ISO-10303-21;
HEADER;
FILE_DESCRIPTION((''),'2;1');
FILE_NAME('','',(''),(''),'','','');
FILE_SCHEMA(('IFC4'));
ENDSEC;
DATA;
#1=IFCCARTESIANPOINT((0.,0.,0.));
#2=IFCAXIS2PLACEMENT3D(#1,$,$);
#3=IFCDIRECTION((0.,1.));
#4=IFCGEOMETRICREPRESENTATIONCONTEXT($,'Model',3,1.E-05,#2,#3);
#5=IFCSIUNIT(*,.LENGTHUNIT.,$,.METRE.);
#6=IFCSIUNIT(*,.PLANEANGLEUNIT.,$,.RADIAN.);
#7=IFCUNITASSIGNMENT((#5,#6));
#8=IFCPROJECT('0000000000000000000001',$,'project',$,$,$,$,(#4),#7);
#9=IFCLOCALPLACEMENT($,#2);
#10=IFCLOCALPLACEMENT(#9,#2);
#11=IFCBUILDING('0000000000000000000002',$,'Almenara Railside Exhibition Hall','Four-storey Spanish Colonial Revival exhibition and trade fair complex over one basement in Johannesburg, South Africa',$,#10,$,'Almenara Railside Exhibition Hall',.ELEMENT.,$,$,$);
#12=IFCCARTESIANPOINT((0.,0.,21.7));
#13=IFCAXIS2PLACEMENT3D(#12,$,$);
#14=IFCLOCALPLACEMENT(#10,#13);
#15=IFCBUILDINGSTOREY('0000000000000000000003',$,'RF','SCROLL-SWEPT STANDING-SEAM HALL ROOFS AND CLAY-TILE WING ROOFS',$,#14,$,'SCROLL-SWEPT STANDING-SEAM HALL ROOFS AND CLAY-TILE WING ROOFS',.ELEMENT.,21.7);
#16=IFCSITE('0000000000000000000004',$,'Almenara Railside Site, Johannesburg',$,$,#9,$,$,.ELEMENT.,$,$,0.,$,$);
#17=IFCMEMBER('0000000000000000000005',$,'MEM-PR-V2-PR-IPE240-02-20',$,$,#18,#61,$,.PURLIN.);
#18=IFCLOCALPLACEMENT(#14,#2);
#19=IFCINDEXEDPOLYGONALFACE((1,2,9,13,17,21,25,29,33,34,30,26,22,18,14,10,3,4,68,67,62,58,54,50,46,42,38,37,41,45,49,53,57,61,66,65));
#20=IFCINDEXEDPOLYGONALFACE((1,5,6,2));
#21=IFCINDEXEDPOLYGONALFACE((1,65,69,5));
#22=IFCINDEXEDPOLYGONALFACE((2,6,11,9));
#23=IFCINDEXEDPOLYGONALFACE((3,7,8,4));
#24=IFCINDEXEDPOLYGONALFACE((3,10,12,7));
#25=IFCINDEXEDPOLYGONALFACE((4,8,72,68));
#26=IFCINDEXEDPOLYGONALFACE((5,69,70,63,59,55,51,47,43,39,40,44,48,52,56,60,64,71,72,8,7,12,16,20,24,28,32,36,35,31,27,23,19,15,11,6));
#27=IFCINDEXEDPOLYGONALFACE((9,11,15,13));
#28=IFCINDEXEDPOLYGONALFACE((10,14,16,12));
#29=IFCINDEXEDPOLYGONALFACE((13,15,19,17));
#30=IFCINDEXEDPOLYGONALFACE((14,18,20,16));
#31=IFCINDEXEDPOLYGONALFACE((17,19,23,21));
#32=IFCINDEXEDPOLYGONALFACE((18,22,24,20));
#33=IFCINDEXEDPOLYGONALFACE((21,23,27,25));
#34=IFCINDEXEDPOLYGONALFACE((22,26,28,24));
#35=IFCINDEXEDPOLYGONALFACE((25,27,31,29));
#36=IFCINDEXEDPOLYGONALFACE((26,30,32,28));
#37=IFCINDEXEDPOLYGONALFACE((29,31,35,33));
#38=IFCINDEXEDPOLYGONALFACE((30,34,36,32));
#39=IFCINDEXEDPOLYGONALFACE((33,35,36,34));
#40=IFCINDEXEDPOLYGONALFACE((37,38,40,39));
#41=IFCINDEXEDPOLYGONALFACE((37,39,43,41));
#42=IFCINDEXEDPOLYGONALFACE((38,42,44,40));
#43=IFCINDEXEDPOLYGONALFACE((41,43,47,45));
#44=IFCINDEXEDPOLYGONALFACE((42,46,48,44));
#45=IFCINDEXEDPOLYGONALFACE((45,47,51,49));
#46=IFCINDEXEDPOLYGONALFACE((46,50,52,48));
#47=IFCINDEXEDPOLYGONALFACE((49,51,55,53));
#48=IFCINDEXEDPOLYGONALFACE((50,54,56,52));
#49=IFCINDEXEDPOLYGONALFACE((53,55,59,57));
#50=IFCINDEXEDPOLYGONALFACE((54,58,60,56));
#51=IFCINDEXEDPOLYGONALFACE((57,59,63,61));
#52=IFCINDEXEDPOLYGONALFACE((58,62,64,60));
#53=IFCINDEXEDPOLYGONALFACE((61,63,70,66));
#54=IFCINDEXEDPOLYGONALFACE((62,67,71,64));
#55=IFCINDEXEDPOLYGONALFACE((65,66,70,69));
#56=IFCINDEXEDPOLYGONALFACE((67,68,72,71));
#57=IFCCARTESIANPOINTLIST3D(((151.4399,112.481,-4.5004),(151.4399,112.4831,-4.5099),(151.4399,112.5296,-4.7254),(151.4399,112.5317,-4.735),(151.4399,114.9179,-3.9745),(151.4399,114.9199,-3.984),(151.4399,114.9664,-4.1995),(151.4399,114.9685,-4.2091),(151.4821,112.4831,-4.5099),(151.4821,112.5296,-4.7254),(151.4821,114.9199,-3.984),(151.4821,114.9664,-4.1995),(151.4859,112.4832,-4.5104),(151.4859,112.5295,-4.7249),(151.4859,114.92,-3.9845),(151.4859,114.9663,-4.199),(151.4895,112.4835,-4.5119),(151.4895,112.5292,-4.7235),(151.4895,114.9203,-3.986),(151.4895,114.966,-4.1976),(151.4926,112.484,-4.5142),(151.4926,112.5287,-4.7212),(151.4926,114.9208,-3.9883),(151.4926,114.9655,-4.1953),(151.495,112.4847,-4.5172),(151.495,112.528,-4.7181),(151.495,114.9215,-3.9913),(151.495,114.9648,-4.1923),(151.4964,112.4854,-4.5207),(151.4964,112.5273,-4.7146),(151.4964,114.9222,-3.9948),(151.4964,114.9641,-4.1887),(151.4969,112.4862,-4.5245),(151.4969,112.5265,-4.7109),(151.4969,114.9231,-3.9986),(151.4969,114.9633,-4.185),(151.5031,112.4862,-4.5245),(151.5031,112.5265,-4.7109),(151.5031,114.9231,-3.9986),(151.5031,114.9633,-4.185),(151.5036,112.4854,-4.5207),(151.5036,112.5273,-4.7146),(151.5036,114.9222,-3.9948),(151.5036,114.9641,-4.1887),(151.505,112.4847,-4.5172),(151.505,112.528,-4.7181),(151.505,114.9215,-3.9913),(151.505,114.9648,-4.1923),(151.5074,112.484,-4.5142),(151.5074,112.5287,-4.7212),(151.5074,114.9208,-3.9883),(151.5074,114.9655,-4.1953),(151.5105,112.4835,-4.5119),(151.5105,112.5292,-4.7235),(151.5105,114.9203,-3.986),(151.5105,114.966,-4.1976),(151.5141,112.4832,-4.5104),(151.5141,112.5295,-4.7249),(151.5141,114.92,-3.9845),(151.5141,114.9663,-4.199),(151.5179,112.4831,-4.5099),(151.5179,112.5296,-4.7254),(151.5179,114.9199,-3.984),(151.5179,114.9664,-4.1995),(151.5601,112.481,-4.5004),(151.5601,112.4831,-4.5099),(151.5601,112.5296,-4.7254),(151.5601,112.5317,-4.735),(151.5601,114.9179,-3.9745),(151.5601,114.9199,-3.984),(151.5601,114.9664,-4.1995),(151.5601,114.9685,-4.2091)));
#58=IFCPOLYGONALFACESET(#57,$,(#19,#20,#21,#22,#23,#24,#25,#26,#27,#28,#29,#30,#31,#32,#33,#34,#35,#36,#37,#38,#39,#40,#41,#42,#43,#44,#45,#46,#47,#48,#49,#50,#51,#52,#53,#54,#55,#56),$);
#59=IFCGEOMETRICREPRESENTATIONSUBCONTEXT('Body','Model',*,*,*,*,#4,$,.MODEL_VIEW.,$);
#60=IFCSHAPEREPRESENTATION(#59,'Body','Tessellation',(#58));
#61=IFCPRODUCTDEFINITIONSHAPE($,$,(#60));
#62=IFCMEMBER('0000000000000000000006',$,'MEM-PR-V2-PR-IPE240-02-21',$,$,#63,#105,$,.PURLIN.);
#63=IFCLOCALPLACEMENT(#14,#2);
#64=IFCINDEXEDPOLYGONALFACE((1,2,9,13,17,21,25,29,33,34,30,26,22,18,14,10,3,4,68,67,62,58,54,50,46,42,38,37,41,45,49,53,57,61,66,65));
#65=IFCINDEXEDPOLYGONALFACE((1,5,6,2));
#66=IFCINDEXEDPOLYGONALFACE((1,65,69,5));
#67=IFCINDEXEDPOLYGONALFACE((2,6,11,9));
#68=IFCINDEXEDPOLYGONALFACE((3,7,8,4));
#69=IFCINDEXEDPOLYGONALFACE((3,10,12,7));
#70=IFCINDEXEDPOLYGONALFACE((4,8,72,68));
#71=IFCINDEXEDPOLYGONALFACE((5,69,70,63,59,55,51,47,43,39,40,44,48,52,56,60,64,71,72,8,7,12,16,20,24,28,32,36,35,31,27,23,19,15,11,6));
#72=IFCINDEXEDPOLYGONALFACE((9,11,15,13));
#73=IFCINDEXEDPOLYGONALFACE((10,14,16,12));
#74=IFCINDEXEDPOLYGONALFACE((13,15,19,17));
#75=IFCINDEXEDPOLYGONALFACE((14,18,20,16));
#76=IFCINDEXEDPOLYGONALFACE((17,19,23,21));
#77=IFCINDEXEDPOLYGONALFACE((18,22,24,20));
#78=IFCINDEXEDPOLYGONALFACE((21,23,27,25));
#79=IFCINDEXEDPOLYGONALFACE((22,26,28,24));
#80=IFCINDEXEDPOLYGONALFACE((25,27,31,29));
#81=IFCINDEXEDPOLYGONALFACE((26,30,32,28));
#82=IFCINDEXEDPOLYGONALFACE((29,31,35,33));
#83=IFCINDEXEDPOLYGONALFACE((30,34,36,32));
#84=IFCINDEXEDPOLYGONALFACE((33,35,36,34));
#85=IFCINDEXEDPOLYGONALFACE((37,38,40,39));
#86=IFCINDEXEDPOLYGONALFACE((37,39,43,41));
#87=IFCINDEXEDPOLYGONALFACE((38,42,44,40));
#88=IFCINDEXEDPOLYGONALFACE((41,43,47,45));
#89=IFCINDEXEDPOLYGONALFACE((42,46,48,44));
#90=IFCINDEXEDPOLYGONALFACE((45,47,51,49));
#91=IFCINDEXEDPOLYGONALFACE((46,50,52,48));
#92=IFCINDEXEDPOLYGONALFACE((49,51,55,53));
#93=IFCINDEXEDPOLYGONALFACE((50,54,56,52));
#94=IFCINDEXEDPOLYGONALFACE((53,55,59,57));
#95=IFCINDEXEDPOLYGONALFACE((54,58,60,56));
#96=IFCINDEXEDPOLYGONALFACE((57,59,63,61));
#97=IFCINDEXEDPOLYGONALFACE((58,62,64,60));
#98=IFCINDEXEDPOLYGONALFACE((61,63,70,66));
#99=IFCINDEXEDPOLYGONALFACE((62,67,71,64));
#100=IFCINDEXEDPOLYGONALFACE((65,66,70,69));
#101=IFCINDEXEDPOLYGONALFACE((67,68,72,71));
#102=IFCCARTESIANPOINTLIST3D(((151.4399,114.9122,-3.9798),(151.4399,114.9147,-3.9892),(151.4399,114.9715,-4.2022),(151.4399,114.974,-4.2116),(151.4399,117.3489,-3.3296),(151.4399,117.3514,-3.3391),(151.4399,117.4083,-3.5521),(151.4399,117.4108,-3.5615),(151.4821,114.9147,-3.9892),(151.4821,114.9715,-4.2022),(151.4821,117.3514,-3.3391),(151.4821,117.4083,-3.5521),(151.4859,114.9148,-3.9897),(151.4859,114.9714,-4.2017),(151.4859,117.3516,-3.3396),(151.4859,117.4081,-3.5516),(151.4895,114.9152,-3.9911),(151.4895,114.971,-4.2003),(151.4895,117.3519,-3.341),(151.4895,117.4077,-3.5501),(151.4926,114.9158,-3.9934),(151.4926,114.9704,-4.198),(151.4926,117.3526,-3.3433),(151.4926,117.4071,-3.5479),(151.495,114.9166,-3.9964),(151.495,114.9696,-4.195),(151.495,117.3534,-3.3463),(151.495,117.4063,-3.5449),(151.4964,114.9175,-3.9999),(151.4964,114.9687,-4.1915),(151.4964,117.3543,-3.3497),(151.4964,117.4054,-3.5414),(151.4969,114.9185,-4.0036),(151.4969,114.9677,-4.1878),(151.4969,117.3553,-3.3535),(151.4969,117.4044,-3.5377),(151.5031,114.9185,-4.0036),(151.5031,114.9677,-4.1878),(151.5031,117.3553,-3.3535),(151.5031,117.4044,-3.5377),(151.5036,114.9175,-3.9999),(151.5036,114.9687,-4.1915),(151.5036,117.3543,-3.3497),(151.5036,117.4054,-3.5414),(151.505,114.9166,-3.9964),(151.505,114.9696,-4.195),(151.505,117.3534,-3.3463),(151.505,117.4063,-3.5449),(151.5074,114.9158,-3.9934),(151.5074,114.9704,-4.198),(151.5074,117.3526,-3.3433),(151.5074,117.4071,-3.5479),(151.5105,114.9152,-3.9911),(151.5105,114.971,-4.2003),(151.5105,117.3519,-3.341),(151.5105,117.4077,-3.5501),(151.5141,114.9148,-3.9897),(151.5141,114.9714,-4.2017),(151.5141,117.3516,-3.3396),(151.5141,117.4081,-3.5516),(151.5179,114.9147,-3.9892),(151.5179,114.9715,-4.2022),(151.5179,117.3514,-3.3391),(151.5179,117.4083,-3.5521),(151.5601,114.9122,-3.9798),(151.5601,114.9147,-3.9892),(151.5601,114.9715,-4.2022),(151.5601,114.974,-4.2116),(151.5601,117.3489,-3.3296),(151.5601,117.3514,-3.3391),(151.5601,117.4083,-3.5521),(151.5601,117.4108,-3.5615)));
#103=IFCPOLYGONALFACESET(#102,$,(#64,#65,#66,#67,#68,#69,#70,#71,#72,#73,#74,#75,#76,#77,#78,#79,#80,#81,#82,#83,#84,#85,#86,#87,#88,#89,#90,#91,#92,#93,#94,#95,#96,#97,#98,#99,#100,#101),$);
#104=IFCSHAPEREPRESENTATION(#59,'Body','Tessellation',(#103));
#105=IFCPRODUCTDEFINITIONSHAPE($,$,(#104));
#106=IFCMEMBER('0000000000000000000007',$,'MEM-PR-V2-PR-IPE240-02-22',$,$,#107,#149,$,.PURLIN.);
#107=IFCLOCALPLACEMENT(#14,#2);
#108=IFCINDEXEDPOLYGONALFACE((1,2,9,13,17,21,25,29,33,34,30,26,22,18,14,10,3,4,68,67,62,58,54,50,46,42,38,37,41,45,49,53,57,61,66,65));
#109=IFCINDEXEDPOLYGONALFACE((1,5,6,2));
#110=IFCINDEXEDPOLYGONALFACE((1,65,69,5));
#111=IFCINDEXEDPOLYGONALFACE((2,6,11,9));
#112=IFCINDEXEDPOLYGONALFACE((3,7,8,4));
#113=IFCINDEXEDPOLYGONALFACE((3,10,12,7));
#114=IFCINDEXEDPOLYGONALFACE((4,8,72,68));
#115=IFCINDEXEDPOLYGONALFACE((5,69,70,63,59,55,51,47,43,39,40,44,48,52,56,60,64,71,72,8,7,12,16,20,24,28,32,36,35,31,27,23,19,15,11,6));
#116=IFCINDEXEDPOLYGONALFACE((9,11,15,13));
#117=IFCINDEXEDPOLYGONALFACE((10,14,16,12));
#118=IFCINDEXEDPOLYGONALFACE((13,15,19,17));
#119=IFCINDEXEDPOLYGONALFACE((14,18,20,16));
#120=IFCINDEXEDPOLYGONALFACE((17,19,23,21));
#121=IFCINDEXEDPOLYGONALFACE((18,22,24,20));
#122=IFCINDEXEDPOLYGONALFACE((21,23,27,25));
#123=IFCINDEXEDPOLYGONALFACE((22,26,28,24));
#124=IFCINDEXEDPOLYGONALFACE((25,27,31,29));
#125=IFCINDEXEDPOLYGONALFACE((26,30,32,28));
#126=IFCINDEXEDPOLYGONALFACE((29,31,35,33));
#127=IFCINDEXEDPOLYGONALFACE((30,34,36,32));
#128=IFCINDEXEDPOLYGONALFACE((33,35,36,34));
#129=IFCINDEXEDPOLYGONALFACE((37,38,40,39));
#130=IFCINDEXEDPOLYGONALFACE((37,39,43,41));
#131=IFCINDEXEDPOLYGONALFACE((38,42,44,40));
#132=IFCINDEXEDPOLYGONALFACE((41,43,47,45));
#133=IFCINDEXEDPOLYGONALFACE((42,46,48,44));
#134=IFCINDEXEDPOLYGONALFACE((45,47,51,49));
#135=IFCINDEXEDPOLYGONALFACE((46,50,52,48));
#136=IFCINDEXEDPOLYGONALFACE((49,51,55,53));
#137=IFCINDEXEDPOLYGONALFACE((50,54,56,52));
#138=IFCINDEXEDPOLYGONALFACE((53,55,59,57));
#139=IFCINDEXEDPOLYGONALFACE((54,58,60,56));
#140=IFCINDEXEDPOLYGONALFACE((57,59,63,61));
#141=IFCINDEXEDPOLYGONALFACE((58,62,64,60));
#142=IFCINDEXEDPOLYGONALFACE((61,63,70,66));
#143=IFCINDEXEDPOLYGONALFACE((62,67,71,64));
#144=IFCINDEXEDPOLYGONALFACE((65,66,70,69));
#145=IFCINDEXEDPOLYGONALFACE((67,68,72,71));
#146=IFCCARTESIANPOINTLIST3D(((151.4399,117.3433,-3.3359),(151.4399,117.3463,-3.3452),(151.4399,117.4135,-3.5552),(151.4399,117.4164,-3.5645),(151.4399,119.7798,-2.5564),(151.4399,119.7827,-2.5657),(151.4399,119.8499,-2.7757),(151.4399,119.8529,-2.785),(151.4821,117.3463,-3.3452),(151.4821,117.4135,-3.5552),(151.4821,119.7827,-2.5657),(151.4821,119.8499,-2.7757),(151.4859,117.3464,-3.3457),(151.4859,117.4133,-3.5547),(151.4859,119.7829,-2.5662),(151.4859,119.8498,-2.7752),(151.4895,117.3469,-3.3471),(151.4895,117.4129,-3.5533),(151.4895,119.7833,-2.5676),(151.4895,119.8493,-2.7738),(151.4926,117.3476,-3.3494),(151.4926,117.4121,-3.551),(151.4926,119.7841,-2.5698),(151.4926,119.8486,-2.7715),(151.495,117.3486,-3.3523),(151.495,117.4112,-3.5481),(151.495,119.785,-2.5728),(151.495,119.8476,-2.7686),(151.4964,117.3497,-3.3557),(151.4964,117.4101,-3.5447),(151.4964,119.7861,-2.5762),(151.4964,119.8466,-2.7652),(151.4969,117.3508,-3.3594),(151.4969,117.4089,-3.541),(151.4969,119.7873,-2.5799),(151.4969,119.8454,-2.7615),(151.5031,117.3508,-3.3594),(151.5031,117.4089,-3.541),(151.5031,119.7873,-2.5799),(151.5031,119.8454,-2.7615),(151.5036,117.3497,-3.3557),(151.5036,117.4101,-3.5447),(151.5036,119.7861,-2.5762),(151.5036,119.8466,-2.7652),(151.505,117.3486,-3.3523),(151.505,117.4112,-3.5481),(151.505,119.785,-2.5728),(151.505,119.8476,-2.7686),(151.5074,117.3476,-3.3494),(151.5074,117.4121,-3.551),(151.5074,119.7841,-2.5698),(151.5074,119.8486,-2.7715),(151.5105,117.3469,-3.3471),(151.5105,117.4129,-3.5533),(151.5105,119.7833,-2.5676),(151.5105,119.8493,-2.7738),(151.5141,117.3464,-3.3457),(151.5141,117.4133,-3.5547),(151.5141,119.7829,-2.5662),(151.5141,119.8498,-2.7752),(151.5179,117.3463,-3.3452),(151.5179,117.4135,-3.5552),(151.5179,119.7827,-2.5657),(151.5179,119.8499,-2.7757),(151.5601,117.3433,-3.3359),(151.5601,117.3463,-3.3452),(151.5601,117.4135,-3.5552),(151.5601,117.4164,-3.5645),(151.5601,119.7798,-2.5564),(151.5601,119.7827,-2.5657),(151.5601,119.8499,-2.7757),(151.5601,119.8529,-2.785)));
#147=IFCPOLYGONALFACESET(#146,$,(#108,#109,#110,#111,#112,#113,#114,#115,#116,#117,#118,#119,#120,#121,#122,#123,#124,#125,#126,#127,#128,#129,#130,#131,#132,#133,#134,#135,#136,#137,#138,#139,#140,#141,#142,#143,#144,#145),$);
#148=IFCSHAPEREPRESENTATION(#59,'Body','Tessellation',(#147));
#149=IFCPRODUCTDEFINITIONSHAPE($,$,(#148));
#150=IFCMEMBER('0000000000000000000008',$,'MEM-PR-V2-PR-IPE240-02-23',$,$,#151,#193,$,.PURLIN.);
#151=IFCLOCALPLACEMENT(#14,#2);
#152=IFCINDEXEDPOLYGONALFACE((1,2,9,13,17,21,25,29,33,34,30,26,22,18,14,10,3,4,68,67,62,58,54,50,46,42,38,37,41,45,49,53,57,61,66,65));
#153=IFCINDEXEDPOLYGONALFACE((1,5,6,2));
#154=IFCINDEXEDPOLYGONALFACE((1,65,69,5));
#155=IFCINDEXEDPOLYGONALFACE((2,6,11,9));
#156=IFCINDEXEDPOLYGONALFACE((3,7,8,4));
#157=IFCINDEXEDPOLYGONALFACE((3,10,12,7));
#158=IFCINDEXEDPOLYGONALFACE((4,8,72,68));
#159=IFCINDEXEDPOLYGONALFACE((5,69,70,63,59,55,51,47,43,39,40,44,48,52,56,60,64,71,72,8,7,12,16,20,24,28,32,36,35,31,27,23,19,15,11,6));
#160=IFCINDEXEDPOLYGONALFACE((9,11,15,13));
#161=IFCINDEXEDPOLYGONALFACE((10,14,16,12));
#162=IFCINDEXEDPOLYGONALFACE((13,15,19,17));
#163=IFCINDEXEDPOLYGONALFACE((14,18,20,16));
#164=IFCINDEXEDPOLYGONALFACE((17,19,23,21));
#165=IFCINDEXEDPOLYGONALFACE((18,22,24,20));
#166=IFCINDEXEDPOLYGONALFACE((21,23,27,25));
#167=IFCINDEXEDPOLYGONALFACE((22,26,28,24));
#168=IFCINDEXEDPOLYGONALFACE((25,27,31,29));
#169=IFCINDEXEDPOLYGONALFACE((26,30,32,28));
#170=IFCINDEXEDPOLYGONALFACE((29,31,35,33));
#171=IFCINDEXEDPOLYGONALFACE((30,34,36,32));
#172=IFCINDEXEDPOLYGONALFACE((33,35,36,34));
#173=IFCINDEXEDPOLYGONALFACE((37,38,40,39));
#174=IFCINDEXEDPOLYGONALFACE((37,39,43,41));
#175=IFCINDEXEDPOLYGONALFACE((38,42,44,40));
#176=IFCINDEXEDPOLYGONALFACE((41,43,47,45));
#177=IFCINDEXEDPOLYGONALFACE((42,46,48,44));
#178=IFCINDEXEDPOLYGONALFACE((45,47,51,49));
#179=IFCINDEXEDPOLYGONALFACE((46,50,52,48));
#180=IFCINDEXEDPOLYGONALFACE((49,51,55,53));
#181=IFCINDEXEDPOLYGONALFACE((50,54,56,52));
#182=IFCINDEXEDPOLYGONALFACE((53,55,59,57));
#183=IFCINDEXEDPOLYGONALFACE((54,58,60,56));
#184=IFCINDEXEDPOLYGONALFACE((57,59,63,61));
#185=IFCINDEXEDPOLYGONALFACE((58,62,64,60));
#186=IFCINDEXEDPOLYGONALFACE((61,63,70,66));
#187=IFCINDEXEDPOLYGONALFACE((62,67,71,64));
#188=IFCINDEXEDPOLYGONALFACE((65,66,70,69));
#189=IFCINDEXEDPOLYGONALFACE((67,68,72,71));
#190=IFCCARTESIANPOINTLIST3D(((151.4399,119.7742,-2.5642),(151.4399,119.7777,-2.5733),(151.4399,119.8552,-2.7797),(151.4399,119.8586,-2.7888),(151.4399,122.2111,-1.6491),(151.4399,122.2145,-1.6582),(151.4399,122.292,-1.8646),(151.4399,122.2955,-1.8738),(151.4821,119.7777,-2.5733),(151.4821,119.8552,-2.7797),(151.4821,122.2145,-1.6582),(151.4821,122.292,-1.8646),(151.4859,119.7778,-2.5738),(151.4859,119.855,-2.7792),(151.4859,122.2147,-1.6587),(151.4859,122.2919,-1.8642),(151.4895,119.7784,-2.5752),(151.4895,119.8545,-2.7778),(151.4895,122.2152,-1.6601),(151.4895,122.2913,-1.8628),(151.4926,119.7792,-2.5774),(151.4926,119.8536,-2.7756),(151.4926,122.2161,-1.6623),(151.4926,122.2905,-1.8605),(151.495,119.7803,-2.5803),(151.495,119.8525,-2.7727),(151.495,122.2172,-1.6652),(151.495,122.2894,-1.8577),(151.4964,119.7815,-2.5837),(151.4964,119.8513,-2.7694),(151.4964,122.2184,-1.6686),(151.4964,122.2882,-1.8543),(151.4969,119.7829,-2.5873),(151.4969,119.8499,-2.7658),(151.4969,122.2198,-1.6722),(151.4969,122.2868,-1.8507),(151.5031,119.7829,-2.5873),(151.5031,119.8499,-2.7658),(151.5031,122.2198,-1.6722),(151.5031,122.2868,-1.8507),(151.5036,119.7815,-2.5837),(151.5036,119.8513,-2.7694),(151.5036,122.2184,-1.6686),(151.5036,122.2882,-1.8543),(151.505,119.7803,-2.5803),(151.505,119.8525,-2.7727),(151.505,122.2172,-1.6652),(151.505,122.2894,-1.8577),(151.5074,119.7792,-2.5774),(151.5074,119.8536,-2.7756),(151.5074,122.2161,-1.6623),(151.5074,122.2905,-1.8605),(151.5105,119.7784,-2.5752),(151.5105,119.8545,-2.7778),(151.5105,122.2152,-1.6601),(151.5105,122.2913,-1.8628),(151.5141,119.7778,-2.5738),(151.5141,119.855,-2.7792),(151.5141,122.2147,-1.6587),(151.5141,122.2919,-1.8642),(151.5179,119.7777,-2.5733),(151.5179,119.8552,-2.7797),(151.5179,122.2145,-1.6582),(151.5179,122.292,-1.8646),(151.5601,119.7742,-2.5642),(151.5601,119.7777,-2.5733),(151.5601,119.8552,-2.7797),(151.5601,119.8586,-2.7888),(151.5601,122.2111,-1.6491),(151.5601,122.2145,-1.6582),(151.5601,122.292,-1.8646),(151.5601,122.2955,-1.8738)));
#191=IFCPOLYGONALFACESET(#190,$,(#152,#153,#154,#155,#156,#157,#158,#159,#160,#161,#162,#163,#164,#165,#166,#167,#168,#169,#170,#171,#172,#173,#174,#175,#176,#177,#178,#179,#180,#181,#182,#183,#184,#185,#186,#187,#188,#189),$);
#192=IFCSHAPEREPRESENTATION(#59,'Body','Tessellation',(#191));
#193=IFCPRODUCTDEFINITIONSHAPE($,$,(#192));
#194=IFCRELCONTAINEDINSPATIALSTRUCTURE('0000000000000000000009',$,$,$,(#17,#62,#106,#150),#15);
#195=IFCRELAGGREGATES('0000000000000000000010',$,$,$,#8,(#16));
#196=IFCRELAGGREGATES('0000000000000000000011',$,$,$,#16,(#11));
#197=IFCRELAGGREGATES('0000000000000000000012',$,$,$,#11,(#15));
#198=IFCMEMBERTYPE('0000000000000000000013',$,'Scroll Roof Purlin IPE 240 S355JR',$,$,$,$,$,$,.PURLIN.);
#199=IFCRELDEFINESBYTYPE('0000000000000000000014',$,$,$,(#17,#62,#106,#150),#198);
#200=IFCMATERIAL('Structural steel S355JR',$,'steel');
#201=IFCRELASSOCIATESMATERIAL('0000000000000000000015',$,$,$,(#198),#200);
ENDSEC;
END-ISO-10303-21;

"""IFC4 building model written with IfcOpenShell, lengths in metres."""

from ifc_helpers import new_model, si_unit, direction, frame, origin, origin_2d, place, context, subcontext, project, spatial, i_section, extrude, material, material_profile, profile_set, type_object, element, save


model = new_model("IFC4")

# Units and contexts
model_context = context("Model", 3, precision=1e-05, world=origin(), true_north=direction((0.0, 1.0)))
body_context = subcontext(model_context, "Body", "Model", "MODEL_VIEW")
ifc_project = project(units=[si_unit("LENGTHUNIT", "METRE"), si_unit("PLANEANGLEUNIT", "RADIAN")], contexts=[model_context])

# Site, building, storey
site_placement = place(None, origin())
site = spatial("IfcSite", under=ifc_project, at=site_placement, Name="Almenara Railside Site, Johannesburg", CompositionType="ELEMENT", RefElevation=0.0)
building_placement = place(site_placement, origin())
building = spatial("IfcBuilding", under=site, at=building_placement, Name="Almenara Railside Exhibition Hall", Description="Four-storey Spanish Colonial Revival exhibition and trade fair complex over one basement in Johannesburg, South Africa", LongName="Almenara Railside Exhibition Hall", CompositionType="ELEMENT")
storey_placement = place(building_placement, frame((0.0, 0.0, 21.7)))
storey = spatial("IfcBuildingStorey", under=building, at=storey_placement, Name="RF", Description="SCROLL-SWEPT STANDING-SEAM HALL ROOFS AND CLAY-TILE WING ROOFS", LongName="SCROLL-SWEPT STANDING-SEAM HALL ROOFS AND CLAY-TILE WING ROOFS", CompositionType="ELEMENT", Elevation=21.7)

# Members
ifc_material_1 = material(Name="Structural steel S355JR", Category="steel")
ifc_material_profile_1 = material_profile(ifc_material_1, i_section(OverallWidth=0.1201, OverallDepth=0.24, WebThickness=0.0061, FlangeThickness=0.0098, FilletRadius=0.0149, at=origin_2d()), Name="IPE 240")
ifc_profile_set_1 = profile_set([ifc_material_profile_1], Name="Structural steel S355JR")
member_type_1 = type_object("IfcMemberType", Name="Scroll Roof Purlin IPE 240 S355JR", PredefinedType="PURLIN", material=ifc_profile_set_1)
member_1_placement = place(storey_placement, frame((151.5, 112.5063, -4.6177), z_axis=(0.0, 0.977496, 0.210953), x_axis=(-1.0, 0.0, 0.0)))
element("IfcMember", 1, at=member_1_placement, inside=storey, type_object=member_type_1, Name="MEM-PR-V2-PR-IPE240-02-20", PredefinedType="PURLIN", context=body_context, shape_type="SweptSolid", body=[
    extrude(i_section(OverallWidth=0.1201, OverallDepth=0.24, WebThickness=0.0061, FlangeThickness=0.0098, FilletRadius=0.0149, at=origin_2d()), origin(), (0.0, 0.0, 1.0), 2.4929),
])
member_2_placement = place(storey_placement, frame((151.5, 114.9431, -4.0957), z_axis=(0.0, 0.966201, 0.257789), x_axis=(-1.0, 0.0, 0.0)))
element("IfcMember", 2, at=member_2_placement, inside=storey, type_object=member_type_1, Name="MEM-PR-V2-PR-IPE240-02-21", PredefinedType="PURLIN", context=body_context, shape_type="SweptSolid", body=[
    extrude(i_section(OverallWidth=0.1201, OverallDepth=0.24, WebThickness=0.0061, FlangeThickness=0.0098, FilletRadius=0.0149, at=origin_2d()), origin(), (0.0, 0.0, 1.0), 2.522),
])
member_3_placement = place(storey_placement, frame((151.5, 117.3799, -3.4502), z_axis=(0.0, 0.952441, 0.304724), x_axis=(-1.0, 0.0, 0.0)))
element("IfcMember", 3, at=member_3_placement, inside=storey, type_object=member_type_1, Name="MEM-PR-V2-PR-IPE240-02-22", PredefinedType="PURLIN", context=body_context, shape_type="SweptSolid", body=[
    extrude(i_section(OverallWidth=0.1201, OverallDepth=0.24, WebThickness=0.0061, FlangeThickness=0.0098, FilletRadius=0.0149, at=origin_2d()), origin(), (0.0, 0.0, 1.0), 2.5581),
])
member_4_placement = place(storey_placement, frame((151.5, 119.8164, -2.6765), z_axis=(0.0, 0.936171, 0.351545), x_axis=(-1.0, 0.0, 0.0)))
element("IfcMember", 4, at=member_4_placement, inside=storey, type_object=member_type_1, Name="MEM-PR-V2-PR-IPE240-02-23", PredefinedType="PURLIN", context=body_context, shape_type="SweptSolid", body=[
    extrude(i_section(OverallWidth=0.1201, OverallDepth=0.24, WebThickness=0.0061, FlangeThickness=0.0098, FilletRadius=0.0149, at=origin_2d()), origin(), (0.0, 0.0, 1.0), 2.603),
])

save(model, "model.ifc")
